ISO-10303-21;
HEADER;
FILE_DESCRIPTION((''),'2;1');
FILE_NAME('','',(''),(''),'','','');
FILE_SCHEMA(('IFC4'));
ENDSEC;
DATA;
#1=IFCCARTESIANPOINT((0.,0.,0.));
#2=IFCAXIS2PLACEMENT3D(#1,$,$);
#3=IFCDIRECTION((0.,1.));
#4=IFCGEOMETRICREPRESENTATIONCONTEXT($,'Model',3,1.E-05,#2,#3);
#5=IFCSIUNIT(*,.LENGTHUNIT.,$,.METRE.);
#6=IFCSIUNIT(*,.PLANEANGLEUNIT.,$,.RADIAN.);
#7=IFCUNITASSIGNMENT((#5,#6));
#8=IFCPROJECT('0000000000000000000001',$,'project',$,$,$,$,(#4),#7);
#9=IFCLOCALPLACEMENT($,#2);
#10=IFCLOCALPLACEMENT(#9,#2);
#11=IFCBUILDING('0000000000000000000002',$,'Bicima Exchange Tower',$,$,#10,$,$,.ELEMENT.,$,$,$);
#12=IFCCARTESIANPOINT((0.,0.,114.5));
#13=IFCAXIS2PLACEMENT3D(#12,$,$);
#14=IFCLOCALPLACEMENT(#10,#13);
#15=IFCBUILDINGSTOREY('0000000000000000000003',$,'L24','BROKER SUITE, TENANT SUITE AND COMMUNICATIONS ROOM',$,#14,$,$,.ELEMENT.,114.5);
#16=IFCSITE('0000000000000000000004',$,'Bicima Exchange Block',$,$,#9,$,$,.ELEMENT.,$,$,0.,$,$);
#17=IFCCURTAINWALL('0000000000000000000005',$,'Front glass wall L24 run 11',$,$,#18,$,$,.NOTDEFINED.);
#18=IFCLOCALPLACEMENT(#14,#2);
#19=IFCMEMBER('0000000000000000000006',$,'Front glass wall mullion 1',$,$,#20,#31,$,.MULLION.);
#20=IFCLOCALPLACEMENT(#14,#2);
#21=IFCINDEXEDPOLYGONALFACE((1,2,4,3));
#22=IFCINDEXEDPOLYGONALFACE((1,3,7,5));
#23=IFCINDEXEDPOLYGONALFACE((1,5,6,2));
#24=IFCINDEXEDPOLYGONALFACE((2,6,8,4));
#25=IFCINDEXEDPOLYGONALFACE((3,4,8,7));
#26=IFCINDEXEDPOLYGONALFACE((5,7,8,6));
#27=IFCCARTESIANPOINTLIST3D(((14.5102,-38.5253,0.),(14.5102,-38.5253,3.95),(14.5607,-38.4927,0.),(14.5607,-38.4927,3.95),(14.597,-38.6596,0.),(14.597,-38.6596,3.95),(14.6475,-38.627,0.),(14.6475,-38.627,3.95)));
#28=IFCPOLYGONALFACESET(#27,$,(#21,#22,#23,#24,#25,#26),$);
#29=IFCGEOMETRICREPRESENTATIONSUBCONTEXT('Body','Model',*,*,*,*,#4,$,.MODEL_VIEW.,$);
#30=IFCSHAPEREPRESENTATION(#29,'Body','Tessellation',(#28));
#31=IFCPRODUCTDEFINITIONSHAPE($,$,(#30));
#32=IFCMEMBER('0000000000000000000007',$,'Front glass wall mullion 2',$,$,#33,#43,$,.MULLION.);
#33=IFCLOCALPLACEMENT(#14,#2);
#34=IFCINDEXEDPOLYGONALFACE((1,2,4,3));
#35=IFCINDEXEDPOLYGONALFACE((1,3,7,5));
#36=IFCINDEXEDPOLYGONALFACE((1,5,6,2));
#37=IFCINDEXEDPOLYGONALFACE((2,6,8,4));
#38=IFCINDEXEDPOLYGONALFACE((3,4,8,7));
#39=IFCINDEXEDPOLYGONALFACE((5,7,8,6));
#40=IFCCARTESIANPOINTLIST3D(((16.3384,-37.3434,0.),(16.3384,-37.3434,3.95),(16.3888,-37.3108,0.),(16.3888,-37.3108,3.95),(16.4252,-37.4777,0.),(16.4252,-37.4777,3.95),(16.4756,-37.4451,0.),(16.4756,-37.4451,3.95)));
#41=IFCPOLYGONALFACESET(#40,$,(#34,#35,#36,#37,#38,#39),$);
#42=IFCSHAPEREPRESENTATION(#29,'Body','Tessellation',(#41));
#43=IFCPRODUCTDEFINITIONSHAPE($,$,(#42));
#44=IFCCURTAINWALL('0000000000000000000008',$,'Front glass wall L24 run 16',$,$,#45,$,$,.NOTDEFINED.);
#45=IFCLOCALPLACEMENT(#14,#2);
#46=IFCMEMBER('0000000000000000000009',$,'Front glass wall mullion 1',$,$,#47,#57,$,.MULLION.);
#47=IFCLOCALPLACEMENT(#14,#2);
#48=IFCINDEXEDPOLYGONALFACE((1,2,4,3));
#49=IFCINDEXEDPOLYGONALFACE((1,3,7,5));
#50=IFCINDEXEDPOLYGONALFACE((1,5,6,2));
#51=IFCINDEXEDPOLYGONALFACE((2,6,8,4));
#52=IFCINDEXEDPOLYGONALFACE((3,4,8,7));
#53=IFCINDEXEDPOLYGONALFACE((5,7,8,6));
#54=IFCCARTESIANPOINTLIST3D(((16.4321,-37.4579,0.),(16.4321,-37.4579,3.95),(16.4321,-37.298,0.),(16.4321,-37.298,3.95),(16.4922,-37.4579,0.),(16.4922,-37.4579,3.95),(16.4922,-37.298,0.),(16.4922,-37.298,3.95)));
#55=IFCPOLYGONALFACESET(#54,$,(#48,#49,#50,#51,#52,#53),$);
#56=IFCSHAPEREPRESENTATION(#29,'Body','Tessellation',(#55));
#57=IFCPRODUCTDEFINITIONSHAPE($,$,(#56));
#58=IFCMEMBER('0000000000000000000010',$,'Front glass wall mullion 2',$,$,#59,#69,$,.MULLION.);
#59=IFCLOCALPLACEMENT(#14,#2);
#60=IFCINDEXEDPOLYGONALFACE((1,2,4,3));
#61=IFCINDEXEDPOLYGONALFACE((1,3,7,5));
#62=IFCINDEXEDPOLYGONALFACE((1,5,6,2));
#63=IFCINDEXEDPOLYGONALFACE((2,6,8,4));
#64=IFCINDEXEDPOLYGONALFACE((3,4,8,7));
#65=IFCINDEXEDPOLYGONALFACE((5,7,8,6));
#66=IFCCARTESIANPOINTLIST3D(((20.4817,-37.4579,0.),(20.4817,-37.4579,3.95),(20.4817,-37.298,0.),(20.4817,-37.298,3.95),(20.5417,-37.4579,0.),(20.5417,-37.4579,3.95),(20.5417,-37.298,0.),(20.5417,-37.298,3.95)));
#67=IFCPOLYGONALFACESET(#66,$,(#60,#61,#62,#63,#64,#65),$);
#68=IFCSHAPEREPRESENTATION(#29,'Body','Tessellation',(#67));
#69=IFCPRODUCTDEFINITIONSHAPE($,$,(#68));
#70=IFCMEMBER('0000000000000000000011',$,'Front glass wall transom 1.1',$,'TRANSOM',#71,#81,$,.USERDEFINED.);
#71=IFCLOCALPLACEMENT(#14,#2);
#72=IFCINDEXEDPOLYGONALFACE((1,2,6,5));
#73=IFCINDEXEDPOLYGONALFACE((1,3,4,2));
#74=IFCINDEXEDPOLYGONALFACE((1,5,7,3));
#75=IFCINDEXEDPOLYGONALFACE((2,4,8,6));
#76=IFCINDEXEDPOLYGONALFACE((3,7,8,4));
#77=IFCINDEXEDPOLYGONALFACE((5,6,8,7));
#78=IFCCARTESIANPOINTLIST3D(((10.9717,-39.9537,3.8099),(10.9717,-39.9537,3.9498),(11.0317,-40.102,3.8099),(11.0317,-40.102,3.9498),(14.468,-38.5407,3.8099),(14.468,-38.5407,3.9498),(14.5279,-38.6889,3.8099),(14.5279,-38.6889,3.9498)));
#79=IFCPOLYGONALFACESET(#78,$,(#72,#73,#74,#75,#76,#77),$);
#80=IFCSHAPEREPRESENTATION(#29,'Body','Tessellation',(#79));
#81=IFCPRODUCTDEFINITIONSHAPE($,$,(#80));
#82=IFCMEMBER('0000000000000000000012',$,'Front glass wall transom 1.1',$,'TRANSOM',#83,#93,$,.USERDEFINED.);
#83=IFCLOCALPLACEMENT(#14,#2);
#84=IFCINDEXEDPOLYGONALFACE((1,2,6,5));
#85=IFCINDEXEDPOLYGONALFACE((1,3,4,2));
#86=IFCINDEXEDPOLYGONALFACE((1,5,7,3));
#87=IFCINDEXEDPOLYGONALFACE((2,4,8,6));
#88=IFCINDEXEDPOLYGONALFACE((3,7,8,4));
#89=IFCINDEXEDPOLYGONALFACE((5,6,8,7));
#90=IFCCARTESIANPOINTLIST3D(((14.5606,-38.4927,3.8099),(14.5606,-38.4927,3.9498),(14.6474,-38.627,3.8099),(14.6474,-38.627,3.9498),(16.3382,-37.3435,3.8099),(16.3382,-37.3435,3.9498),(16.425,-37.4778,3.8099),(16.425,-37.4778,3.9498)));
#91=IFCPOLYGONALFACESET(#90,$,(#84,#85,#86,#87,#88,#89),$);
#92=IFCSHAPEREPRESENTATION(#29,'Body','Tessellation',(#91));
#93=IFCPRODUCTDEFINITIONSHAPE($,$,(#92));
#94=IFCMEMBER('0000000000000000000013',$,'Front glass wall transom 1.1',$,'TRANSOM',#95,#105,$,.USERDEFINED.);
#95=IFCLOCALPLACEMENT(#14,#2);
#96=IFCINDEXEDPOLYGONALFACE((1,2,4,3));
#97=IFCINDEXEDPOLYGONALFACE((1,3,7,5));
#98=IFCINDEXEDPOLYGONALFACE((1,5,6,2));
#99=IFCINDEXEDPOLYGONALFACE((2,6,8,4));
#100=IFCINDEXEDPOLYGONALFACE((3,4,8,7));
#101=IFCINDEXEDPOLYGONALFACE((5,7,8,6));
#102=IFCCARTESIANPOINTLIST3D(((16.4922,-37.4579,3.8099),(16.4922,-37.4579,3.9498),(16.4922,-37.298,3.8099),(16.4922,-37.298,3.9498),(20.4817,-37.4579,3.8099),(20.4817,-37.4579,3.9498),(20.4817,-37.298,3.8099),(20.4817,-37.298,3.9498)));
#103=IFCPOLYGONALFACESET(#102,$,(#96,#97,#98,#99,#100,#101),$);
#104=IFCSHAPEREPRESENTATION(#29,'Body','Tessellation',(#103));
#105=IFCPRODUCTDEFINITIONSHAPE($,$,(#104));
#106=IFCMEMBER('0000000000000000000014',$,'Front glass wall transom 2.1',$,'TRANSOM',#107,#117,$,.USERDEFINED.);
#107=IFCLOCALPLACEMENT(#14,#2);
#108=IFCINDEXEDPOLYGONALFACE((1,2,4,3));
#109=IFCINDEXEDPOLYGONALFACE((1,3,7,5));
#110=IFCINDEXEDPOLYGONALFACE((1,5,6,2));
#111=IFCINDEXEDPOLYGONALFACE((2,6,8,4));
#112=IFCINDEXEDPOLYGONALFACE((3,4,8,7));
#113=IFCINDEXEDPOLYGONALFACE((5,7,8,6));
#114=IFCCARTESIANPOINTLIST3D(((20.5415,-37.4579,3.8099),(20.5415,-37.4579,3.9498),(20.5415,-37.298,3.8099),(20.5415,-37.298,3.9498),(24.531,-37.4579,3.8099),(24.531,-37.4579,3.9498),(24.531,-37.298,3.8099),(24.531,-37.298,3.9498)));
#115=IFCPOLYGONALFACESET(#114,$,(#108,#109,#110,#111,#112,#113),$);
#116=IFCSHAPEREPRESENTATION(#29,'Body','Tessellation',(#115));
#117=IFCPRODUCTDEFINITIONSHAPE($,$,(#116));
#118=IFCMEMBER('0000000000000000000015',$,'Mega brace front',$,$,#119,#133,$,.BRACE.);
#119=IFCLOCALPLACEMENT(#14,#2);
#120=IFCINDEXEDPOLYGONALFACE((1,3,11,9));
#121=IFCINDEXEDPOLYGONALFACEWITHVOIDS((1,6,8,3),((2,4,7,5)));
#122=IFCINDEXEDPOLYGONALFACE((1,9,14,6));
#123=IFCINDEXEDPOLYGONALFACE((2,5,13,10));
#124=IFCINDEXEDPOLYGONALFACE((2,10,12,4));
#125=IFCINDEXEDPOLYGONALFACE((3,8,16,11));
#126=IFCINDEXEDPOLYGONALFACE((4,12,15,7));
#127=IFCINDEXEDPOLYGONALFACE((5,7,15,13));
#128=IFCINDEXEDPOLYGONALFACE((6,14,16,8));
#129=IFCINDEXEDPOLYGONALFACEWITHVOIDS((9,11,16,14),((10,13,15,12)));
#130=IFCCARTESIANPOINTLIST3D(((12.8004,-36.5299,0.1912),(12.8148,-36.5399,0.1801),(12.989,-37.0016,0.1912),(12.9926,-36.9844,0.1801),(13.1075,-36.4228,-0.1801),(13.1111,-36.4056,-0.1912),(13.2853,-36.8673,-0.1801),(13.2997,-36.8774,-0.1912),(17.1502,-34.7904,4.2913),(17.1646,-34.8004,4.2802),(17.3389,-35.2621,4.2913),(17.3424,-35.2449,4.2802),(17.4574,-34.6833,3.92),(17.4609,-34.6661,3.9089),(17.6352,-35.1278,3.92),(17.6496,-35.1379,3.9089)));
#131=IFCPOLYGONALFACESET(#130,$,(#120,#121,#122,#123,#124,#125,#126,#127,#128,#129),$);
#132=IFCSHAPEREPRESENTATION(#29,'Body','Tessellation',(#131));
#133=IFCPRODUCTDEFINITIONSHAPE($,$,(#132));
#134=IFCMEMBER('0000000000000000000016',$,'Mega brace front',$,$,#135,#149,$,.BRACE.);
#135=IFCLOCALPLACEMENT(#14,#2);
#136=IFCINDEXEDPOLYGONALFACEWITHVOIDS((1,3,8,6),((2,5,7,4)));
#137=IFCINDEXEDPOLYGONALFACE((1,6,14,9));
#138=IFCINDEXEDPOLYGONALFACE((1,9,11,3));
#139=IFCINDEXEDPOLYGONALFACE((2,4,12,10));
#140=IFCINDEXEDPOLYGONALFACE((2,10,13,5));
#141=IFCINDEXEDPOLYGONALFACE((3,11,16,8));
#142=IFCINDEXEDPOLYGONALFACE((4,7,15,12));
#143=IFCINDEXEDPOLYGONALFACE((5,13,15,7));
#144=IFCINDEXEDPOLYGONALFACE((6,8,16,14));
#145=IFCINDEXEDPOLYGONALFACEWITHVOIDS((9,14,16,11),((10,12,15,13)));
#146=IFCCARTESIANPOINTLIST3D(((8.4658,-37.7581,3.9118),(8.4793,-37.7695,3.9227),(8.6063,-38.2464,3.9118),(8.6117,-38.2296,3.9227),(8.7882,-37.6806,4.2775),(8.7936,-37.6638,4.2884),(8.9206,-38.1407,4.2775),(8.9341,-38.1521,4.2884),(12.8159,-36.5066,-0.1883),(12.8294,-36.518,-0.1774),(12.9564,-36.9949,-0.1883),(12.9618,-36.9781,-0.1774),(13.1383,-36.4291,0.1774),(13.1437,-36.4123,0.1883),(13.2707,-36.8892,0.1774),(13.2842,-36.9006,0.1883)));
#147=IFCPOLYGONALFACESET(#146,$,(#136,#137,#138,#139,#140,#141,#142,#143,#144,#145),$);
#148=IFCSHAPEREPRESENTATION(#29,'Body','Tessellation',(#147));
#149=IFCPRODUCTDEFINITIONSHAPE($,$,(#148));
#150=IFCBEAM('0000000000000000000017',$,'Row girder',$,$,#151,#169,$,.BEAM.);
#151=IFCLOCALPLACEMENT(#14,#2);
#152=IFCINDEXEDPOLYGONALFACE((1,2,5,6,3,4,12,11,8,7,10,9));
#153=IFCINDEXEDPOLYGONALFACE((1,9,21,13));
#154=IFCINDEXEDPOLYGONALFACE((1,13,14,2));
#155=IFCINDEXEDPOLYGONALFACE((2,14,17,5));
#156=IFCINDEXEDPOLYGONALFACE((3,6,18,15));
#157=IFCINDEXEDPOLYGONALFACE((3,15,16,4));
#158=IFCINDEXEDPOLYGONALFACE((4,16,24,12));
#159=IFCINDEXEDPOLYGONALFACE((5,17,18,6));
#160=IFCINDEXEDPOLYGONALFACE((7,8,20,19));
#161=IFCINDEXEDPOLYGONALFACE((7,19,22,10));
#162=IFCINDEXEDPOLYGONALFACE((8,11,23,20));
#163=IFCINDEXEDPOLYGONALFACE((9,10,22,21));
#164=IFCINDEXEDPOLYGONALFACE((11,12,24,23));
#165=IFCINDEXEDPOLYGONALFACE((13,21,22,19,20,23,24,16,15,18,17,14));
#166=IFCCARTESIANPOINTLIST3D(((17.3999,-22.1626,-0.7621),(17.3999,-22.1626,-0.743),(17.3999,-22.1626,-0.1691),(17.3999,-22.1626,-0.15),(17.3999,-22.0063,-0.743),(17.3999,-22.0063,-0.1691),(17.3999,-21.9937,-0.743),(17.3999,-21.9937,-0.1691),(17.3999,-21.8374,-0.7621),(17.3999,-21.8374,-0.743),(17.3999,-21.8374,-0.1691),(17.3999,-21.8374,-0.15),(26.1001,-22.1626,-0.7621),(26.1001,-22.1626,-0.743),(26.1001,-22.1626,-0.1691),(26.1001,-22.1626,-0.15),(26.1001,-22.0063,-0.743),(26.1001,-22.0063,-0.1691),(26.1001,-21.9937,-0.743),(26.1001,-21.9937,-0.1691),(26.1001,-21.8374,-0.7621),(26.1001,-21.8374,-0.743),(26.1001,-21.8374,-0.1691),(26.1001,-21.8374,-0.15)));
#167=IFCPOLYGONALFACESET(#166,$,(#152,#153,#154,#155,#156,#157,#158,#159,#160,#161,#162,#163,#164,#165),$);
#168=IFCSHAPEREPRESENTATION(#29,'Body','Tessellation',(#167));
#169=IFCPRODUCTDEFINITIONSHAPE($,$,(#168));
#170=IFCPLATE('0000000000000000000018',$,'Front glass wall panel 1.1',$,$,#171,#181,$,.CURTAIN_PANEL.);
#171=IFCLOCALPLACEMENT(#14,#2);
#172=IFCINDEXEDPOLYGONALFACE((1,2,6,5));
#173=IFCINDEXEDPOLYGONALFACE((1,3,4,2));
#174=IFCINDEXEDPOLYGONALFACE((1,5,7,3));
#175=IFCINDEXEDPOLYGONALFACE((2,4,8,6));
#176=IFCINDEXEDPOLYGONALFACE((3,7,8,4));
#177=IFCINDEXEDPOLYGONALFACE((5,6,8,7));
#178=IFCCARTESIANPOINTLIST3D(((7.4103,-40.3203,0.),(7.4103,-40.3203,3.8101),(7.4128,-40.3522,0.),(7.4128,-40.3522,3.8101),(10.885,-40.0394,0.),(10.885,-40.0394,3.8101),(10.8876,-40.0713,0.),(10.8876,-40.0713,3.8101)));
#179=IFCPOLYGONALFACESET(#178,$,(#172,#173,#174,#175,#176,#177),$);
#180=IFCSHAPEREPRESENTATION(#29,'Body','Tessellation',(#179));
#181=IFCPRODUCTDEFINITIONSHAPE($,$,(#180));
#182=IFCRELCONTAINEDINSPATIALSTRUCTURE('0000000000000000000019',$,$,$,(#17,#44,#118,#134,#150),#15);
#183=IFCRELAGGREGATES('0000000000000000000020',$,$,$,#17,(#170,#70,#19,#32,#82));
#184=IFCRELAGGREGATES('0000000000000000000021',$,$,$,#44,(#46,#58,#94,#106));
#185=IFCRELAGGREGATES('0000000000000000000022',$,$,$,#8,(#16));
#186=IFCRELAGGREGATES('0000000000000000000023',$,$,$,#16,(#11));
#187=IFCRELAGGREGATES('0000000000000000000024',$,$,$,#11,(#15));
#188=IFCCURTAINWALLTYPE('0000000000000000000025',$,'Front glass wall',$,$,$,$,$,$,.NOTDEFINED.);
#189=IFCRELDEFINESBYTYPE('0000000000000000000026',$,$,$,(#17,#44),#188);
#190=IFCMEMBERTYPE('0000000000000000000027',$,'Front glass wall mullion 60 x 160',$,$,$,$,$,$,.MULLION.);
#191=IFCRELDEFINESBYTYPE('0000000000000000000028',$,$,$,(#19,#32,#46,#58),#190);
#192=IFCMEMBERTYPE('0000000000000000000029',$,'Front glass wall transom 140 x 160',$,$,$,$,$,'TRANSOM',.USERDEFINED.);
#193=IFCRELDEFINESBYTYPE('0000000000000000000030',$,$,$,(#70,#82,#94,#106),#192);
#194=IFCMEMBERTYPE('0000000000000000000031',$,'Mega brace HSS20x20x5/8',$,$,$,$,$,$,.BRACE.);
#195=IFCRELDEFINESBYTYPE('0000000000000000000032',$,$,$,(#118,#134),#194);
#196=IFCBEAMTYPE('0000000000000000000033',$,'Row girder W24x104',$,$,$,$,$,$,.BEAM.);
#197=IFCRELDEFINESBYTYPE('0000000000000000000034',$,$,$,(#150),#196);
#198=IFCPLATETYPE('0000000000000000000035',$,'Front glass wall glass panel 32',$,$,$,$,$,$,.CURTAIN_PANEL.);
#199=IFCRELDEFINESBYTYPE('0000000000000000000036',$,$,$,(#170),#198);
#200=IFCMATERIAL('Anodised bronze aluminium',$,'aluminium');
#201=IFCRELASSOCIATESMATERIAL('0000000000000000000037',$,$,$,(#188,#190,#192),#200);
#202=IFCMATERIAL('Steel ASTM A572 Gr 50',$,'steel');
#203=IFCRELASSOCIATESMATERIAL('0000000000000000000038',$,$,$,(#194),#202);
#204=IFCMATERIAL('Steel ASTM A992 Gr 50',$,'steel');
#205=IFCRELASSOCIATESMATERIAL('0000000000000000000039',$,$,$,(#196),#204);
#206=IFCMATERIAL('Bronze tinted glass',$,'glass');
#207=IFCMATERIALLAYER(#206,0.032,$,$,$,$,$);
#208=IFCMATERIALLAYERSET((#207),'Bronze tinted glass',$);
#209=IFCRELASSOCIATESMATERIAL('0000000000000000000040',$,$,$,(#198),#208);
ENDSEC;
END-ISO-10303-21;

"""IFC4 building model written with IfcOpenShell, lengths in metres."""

from ifc_helpers import new_model, si_unit, direction, frame, origin, origin_2d, place, context, subcontext, project, spatial, rectangle, hollow_rectangle, i_section, extrude, material, layer, layer_set, material_profile, profile_set, type_object, element, aggregate, save


model = new_model("IFC4")

# Units and contexts
model_context = context("Model", 3, precision=1e-05, world=origin(), true_north=direction((0.0, 1.0)))
body_context = subcontext(model_context, "Body", "Model", "MODEL_VIEW")
ifc_project = project(units=[si_unit("LENGTHUNIT", "METRE"), si_unit("PLANEANGLEUNIT", "RADIAN")], contexts=[model_context])

# Site, building, storey
site_placement = place(None, origin())
site = spatial("IfcSite", under=ifc_project, at=site_placement, Name="Bicima Exchange Block", CompositionType="ELEMENT", RefElevation=0.0)
building_placement = place(site_placement, origin())
building = spatial("IfcBuilding", under=site, at=building_placement, Name="Bicima Exchange Tower", CompositionType="ELEMENT")
storey_placement = place(building_placement, frame((0.0, 0.0, 114.5)))
storey = spatial("IfcBuildingStorey", under=building, at=storey_placement, Name="L24", Description="BROKER SUITE, TENANT SUITE AND COMMUNICATIONS ROOM", CompositionType="ELEMENT", Elevation=114.5)

# Shared definitions
ifc_material_1 = material(Name="Steel ASTM A992 Gr 50", Category="steel")

# Shared definitions
ifc_material_profile_1 = material_profile(ifc_material_1, i_section(OverallWidth=0.3252, OverallDepth=0.6121, WebThickness=0.0127, FlangeThickness=0.019, at=origin_2d()))
ifc_profile_set_1 = profile_set([ifc_material_profile_1], Name="Steel ASTM A992 Gr 50")

# Curtain walls, members
ifc_material_2 = material(Name="Anodised bronze aluminium", Category="aluminium")
curtain_wall_type = type_object("IfcCurtainWallType", Name="Front glass wall", PredefinedType="NOTDEFINED", material=ifc_material_2)
curtain_wall_1_placement = place(storey_placement, origin())
curtain_wall_1 = element("IfcCurtainWall", 1, at=curtain_wall_1_placement, inside=storey, type_object=curtain_wall_type, Name="Front glass wall L24 run 11", PredefinedType="NOTDEFINED")
ifc_material_profile_2 = material_profile(ifc_material_2, rectangle(XDim=0.1599, YDim=0.0601, at=origin_2d()))
ifc_profile_set_2 = profile_set([ifc_material_profile_2], Name="Anodised bronze aluminium")
member_type_1 = type_object("IfcMemberType", Name="Front glass wall mullion 60 x 160", PredefinedType="MULLION", material=ifc_profile_set_2)
member_1_placement = place(storey_placement, frame((14.5789, -38.5762, 0.0), z_axis=(0.0, 0.0, 1.0), x_axis=(-0.542909, 0.839791, 0.0)))
member_1 = element("IfcMember", 2, at=member_1_placement, type_object=member_type_1, Name="Front glass wall mullion 1", PredefinedType="MULLION", context=body_context, shape_type="SweptSolid", body=[
    extrude(rectangle(XDim=0.1599, YDim=0.0601, at=origin_2d()), origin(), (0.0, 0.0, 1.0), 3.95),
])
member_2_placement = place(storey_placement, frame((16.407, -37.3943, 0.0), z_axis=(0.0, 0.0, 1.0), x_axis=(-0.542909, 0.839791, 0.0)))
member_2 = element("IfcMember", 3, at=member_2_placement, type_object=member_type_1, Name="Front glass wall mullion 2", PredefinedType="MULLION", context=body_context, shape_type="SweptSolid", body=[
    extrude(rectangle(XDim=0.1599, YDim=0.0601, at=origin_2d()), origin(), (0.0, 0.0, 1.0), 3.95),
])
curtain_wall_2_placement = place(storey_placement, origin())
curtain_wall_2 = element("IfcCurtainWall", 4, at=curtain_wall_2_placement, inside=storey, type_object=curtain_wall_type, Name="Front glass wall L24 run 16", PredefinedType="NOTDEFINED")
member_3_placement = place(storey_placement, frame((16.4622, -37.3779, 0.0), z_axis=(0.0, 0.0, 1.0), x_axis=(0.0, 1.0, 0.0)))
member_3 = element("IfcMember", 5, at=member_3_placement, type_object=member_type_1, Name="Front glass wall mullion 1", PredefinedType="MULLION", context=body_context, shape_type="SweptSolid", body=[
    extrude(rectangle(XDim=0.1599, YDim=0.0601, at=origin_2d()), origin(), (0.0, 0.0, 1.0), 3.95),
])
member_4_placement = place(storey_placement, frame((20.5117, -37.3779, 0.0), z_axis=(0.0, 0.0, 1.0), x_axis=(0.0, 1.0, 0.0)))
member_4 = element("IfcMember", 6, at=member_4_placement, type_object=member_type_1, Name="Front glass wall mullion 2", PredefinedType="MULLION", context=body_context, shape_type="SweptSolid", body=[
    extrude(rectangle(XDim=0.1599, YDim=0.0601, at=origin_2d()), origin(), (0.0, 0.0, 1.0), 3.95),
])

# Members
ifc_material_profile_3 = material_profile(ifc_material_2, rectangle(XDim=0.1599, YDim=0.1399, at=origin_2d()))
ifc_profile_set_3 = profile_set([ifc_material_profile_3], Name="Anodised bronze aluminium")
member_type_2 = type_object("IfcMemberType", Name="Front glass wall transom 140 x 160", ElementType="TRANSOM", PredefinedType="USERDEFINED", material=ifc_profile_set_3)
member_5_placement = place(storey_placement, frame((11.0017, -40.0278, 3.8799), z_axis=(0.92714, 0.374715, 0.0), x_axis=(-0.374715, 0.92714, 0.0)))
member_5 = element("IfcMember", 7, at=member_5_placement, type_object=member_type_2, Name="Front glass wall transom 1.1", ObjectType="TRANSOM", PredefinedType="USERDEFINED", context=body_context, shape_type="SweptSolid", body=[
    extrude(rectangle(XDim=0.1599, YDim=0.1399, at=origin_2d()), origin(), (0.0, 0.0, 1.0), 3.771),
])
member_6_placement = place(storey_placement, frame((14.604, -38.5598, 3.8799), z_axis=(0.839793, 0.542907, 0.0), x_axis=(-0.542907, 0.839793, 0.0)))
member_6 = element("IfcMember", 8, at=member_6_placement, type_object=member_type_2, Name="Front glass wall transom 1.1", ObjectType="TRANSOM", PredefinedType="USERDEFINED", context=body_context, shape_type="SweptSolid", body=[
    extrude(rectangle(XDim=0.1599, YDim=0.1399, at=origin_2d()), origin(), (0.0, 0.0, 1.0), 2.1167),
])
member_7_placement = place(storey_placement, frame((16.4922, -37.3779, 3.8799), z_axis=(1.0, 0.0, 0.0), x_axis=(0.0, 1.0, 0.0)))
member_7 = element("IfcMember", 9, at=member_7_placement, type_object=member_type_2, Name="Front glass wall transom 1.1", ObjectType="TRANSOM", PredefinedType="USERDEFINED", context=body_context, shape_type="SweptSolid", body=[
    extrude(rectangle(XDim=0.1599, YDim=0.1399, at=origin_2d()), origin(), (0.0, 0.0, 1.0), 3.9895),
])
member_8_placement = place(storey_placement, frame((20.5415, -37.3779, 3.8799), z_axis=(1.0, 0.0, 0.0), x_axis=(0.0, 1.0, 0.0)))
member_8 = element("IfcMember", 10, at=member_8_placement, type_object=member_type_2, Name="Front glass wall transom 2.1", ObjectType="TRANSOM", PredefinedType="USERDEFINED", context=body_context, shape_type="SweptSolid", body=[
    extrude(rectangle(XDim=0.1599, YDim=0.1399, at=origin_2d()), origin(), (0.0, 0.0, 1.0), 3.9895),
])

# Members
ifc_material_3 = material(Name="Steel ASTM A572 Gr 50", Category="steel")
ifc_material_profile_4 = material_profile(ifc_material_3, hollow_rectangle(XDim=0.5081, YDim=0.5081, WallThickness=0.0146, at=origin_2d()))
ifc_profile_set_4 = profile_set([ifc_material_profile_4], Name="Steel ASTM A572 Gr 50")
member_type_3 = type_object("IfcMemberType", Name="Mega brace HSS20x20x5/8", PredefinedType="BRACE", material=ifc_profile_set_4)
member_9_placement = place(storey_placement, frame((13.05, -36.7036, 0.0), z_axis=(0.698706, 0.279412, 0.658588), x_axis=(-0.37131, 0.928509, 0.0)))
element("IfcMember", 11, at=member_9_placement, inside=storey, type_object=member_type_3, Name="Mega brace front", PredefinedType="BRACE", context=body_context, shape_type="SweptSolid", body=[
    extrude(hollow_rectangle(XDim=0.5081, YDim=0.5081, WallThickness=0.0146, at=origin_2d()), origin(), (0.0, 0.0, 1.0), 6.2256),
])
member_10_placement = place(storey_placement, frame((13.05, -36.7036, 0.0), z_axis=(-0.712267, -0.20491, 0.671333), x_axis=(0.276473, -0.961022, 0.0)))
element("IfcMember", 12, at=member_10_placement, inside=storey, type_object=member_type_3, Name="Mega brace front", PredefinedType="BRACE", context=body_context, shape_type="SweptSolid", body=[
    extrude(hollow_rectangle(XDim=0.5081, YDim=0.5081, WallThickness=0.0146, at=origin_2d()), origin(), (0.0, 0.0, 1.0), 6.1074),
])

# Beam
beam_type_1 = type_object("IfcBeamType", Name="Row girder W24x104", PredefinedType="BEAM", material=ifc_profile_set_1)
beam_1_placement = place(storey_placement, frame((17.3999, -22.0, -0.4561), z_axis=(1.0, 0.0, 0.0), x_axis=(0.0, 1.0, 0.0)))
element("IfcBeam", 13, at=beam_1_placement, inside=storey, type_object=beam_type_1, Name="Row girder", PredefinedType="BEAM", context=body_context, shape_type="SweptSolid", body=[
    extrude(i_section(OverallWidth=0.3252, OverallDepth=0.6121, WebThickness=0.0127, FlangeThickness=0.019, at=origin_2d()), origin(), (0.0, 0.0, 1.0), 8.7002),
])

# Plate
ifc_material_4 = material(Name="Bronze tinted glass", Category="glass")
ifc_layer_1 = layer(ifc_material_4, 0.032)
ifc_layer_set_1 = layer_set([ifc_layer_1], Name="Bronze tinted glass")
plate_type_1 = type_object("IfcPlateType", Name="Front glass wall glass panel 32", PredefinedType="CURTAIN_PANEL", material=ifc_layer_set_1)
plate_1_placement = place(storey_placement, frame((9.1489, -40.1958, 0.0), z_axis=(0.0, 0.0, 1.0), x_axis=(0.996747, 0.080589, 0.0)))
plate_1 = element("IfcPlate", 14, at=plate_1_placement, type_object=plate_type_1, Name="Front glass wall panel 1.1", PredefinedType="CURTAIN_PANEL", context=body_context, shape_type="SweptSolid", body=[
    extrude(rectangle(XDim=3.4861, YDim=0.032, at=origin_2d()), origin(), (0.0, 0.0, 1.0), 3.8101),
])
aggregate(curtain_wall_1, [plate_1, member_5, member_1, member_2, member_6])
aggregate(curtain_wall_2, [member_3, member_4, member_7, member_8])

save(model, "model.ifc")
